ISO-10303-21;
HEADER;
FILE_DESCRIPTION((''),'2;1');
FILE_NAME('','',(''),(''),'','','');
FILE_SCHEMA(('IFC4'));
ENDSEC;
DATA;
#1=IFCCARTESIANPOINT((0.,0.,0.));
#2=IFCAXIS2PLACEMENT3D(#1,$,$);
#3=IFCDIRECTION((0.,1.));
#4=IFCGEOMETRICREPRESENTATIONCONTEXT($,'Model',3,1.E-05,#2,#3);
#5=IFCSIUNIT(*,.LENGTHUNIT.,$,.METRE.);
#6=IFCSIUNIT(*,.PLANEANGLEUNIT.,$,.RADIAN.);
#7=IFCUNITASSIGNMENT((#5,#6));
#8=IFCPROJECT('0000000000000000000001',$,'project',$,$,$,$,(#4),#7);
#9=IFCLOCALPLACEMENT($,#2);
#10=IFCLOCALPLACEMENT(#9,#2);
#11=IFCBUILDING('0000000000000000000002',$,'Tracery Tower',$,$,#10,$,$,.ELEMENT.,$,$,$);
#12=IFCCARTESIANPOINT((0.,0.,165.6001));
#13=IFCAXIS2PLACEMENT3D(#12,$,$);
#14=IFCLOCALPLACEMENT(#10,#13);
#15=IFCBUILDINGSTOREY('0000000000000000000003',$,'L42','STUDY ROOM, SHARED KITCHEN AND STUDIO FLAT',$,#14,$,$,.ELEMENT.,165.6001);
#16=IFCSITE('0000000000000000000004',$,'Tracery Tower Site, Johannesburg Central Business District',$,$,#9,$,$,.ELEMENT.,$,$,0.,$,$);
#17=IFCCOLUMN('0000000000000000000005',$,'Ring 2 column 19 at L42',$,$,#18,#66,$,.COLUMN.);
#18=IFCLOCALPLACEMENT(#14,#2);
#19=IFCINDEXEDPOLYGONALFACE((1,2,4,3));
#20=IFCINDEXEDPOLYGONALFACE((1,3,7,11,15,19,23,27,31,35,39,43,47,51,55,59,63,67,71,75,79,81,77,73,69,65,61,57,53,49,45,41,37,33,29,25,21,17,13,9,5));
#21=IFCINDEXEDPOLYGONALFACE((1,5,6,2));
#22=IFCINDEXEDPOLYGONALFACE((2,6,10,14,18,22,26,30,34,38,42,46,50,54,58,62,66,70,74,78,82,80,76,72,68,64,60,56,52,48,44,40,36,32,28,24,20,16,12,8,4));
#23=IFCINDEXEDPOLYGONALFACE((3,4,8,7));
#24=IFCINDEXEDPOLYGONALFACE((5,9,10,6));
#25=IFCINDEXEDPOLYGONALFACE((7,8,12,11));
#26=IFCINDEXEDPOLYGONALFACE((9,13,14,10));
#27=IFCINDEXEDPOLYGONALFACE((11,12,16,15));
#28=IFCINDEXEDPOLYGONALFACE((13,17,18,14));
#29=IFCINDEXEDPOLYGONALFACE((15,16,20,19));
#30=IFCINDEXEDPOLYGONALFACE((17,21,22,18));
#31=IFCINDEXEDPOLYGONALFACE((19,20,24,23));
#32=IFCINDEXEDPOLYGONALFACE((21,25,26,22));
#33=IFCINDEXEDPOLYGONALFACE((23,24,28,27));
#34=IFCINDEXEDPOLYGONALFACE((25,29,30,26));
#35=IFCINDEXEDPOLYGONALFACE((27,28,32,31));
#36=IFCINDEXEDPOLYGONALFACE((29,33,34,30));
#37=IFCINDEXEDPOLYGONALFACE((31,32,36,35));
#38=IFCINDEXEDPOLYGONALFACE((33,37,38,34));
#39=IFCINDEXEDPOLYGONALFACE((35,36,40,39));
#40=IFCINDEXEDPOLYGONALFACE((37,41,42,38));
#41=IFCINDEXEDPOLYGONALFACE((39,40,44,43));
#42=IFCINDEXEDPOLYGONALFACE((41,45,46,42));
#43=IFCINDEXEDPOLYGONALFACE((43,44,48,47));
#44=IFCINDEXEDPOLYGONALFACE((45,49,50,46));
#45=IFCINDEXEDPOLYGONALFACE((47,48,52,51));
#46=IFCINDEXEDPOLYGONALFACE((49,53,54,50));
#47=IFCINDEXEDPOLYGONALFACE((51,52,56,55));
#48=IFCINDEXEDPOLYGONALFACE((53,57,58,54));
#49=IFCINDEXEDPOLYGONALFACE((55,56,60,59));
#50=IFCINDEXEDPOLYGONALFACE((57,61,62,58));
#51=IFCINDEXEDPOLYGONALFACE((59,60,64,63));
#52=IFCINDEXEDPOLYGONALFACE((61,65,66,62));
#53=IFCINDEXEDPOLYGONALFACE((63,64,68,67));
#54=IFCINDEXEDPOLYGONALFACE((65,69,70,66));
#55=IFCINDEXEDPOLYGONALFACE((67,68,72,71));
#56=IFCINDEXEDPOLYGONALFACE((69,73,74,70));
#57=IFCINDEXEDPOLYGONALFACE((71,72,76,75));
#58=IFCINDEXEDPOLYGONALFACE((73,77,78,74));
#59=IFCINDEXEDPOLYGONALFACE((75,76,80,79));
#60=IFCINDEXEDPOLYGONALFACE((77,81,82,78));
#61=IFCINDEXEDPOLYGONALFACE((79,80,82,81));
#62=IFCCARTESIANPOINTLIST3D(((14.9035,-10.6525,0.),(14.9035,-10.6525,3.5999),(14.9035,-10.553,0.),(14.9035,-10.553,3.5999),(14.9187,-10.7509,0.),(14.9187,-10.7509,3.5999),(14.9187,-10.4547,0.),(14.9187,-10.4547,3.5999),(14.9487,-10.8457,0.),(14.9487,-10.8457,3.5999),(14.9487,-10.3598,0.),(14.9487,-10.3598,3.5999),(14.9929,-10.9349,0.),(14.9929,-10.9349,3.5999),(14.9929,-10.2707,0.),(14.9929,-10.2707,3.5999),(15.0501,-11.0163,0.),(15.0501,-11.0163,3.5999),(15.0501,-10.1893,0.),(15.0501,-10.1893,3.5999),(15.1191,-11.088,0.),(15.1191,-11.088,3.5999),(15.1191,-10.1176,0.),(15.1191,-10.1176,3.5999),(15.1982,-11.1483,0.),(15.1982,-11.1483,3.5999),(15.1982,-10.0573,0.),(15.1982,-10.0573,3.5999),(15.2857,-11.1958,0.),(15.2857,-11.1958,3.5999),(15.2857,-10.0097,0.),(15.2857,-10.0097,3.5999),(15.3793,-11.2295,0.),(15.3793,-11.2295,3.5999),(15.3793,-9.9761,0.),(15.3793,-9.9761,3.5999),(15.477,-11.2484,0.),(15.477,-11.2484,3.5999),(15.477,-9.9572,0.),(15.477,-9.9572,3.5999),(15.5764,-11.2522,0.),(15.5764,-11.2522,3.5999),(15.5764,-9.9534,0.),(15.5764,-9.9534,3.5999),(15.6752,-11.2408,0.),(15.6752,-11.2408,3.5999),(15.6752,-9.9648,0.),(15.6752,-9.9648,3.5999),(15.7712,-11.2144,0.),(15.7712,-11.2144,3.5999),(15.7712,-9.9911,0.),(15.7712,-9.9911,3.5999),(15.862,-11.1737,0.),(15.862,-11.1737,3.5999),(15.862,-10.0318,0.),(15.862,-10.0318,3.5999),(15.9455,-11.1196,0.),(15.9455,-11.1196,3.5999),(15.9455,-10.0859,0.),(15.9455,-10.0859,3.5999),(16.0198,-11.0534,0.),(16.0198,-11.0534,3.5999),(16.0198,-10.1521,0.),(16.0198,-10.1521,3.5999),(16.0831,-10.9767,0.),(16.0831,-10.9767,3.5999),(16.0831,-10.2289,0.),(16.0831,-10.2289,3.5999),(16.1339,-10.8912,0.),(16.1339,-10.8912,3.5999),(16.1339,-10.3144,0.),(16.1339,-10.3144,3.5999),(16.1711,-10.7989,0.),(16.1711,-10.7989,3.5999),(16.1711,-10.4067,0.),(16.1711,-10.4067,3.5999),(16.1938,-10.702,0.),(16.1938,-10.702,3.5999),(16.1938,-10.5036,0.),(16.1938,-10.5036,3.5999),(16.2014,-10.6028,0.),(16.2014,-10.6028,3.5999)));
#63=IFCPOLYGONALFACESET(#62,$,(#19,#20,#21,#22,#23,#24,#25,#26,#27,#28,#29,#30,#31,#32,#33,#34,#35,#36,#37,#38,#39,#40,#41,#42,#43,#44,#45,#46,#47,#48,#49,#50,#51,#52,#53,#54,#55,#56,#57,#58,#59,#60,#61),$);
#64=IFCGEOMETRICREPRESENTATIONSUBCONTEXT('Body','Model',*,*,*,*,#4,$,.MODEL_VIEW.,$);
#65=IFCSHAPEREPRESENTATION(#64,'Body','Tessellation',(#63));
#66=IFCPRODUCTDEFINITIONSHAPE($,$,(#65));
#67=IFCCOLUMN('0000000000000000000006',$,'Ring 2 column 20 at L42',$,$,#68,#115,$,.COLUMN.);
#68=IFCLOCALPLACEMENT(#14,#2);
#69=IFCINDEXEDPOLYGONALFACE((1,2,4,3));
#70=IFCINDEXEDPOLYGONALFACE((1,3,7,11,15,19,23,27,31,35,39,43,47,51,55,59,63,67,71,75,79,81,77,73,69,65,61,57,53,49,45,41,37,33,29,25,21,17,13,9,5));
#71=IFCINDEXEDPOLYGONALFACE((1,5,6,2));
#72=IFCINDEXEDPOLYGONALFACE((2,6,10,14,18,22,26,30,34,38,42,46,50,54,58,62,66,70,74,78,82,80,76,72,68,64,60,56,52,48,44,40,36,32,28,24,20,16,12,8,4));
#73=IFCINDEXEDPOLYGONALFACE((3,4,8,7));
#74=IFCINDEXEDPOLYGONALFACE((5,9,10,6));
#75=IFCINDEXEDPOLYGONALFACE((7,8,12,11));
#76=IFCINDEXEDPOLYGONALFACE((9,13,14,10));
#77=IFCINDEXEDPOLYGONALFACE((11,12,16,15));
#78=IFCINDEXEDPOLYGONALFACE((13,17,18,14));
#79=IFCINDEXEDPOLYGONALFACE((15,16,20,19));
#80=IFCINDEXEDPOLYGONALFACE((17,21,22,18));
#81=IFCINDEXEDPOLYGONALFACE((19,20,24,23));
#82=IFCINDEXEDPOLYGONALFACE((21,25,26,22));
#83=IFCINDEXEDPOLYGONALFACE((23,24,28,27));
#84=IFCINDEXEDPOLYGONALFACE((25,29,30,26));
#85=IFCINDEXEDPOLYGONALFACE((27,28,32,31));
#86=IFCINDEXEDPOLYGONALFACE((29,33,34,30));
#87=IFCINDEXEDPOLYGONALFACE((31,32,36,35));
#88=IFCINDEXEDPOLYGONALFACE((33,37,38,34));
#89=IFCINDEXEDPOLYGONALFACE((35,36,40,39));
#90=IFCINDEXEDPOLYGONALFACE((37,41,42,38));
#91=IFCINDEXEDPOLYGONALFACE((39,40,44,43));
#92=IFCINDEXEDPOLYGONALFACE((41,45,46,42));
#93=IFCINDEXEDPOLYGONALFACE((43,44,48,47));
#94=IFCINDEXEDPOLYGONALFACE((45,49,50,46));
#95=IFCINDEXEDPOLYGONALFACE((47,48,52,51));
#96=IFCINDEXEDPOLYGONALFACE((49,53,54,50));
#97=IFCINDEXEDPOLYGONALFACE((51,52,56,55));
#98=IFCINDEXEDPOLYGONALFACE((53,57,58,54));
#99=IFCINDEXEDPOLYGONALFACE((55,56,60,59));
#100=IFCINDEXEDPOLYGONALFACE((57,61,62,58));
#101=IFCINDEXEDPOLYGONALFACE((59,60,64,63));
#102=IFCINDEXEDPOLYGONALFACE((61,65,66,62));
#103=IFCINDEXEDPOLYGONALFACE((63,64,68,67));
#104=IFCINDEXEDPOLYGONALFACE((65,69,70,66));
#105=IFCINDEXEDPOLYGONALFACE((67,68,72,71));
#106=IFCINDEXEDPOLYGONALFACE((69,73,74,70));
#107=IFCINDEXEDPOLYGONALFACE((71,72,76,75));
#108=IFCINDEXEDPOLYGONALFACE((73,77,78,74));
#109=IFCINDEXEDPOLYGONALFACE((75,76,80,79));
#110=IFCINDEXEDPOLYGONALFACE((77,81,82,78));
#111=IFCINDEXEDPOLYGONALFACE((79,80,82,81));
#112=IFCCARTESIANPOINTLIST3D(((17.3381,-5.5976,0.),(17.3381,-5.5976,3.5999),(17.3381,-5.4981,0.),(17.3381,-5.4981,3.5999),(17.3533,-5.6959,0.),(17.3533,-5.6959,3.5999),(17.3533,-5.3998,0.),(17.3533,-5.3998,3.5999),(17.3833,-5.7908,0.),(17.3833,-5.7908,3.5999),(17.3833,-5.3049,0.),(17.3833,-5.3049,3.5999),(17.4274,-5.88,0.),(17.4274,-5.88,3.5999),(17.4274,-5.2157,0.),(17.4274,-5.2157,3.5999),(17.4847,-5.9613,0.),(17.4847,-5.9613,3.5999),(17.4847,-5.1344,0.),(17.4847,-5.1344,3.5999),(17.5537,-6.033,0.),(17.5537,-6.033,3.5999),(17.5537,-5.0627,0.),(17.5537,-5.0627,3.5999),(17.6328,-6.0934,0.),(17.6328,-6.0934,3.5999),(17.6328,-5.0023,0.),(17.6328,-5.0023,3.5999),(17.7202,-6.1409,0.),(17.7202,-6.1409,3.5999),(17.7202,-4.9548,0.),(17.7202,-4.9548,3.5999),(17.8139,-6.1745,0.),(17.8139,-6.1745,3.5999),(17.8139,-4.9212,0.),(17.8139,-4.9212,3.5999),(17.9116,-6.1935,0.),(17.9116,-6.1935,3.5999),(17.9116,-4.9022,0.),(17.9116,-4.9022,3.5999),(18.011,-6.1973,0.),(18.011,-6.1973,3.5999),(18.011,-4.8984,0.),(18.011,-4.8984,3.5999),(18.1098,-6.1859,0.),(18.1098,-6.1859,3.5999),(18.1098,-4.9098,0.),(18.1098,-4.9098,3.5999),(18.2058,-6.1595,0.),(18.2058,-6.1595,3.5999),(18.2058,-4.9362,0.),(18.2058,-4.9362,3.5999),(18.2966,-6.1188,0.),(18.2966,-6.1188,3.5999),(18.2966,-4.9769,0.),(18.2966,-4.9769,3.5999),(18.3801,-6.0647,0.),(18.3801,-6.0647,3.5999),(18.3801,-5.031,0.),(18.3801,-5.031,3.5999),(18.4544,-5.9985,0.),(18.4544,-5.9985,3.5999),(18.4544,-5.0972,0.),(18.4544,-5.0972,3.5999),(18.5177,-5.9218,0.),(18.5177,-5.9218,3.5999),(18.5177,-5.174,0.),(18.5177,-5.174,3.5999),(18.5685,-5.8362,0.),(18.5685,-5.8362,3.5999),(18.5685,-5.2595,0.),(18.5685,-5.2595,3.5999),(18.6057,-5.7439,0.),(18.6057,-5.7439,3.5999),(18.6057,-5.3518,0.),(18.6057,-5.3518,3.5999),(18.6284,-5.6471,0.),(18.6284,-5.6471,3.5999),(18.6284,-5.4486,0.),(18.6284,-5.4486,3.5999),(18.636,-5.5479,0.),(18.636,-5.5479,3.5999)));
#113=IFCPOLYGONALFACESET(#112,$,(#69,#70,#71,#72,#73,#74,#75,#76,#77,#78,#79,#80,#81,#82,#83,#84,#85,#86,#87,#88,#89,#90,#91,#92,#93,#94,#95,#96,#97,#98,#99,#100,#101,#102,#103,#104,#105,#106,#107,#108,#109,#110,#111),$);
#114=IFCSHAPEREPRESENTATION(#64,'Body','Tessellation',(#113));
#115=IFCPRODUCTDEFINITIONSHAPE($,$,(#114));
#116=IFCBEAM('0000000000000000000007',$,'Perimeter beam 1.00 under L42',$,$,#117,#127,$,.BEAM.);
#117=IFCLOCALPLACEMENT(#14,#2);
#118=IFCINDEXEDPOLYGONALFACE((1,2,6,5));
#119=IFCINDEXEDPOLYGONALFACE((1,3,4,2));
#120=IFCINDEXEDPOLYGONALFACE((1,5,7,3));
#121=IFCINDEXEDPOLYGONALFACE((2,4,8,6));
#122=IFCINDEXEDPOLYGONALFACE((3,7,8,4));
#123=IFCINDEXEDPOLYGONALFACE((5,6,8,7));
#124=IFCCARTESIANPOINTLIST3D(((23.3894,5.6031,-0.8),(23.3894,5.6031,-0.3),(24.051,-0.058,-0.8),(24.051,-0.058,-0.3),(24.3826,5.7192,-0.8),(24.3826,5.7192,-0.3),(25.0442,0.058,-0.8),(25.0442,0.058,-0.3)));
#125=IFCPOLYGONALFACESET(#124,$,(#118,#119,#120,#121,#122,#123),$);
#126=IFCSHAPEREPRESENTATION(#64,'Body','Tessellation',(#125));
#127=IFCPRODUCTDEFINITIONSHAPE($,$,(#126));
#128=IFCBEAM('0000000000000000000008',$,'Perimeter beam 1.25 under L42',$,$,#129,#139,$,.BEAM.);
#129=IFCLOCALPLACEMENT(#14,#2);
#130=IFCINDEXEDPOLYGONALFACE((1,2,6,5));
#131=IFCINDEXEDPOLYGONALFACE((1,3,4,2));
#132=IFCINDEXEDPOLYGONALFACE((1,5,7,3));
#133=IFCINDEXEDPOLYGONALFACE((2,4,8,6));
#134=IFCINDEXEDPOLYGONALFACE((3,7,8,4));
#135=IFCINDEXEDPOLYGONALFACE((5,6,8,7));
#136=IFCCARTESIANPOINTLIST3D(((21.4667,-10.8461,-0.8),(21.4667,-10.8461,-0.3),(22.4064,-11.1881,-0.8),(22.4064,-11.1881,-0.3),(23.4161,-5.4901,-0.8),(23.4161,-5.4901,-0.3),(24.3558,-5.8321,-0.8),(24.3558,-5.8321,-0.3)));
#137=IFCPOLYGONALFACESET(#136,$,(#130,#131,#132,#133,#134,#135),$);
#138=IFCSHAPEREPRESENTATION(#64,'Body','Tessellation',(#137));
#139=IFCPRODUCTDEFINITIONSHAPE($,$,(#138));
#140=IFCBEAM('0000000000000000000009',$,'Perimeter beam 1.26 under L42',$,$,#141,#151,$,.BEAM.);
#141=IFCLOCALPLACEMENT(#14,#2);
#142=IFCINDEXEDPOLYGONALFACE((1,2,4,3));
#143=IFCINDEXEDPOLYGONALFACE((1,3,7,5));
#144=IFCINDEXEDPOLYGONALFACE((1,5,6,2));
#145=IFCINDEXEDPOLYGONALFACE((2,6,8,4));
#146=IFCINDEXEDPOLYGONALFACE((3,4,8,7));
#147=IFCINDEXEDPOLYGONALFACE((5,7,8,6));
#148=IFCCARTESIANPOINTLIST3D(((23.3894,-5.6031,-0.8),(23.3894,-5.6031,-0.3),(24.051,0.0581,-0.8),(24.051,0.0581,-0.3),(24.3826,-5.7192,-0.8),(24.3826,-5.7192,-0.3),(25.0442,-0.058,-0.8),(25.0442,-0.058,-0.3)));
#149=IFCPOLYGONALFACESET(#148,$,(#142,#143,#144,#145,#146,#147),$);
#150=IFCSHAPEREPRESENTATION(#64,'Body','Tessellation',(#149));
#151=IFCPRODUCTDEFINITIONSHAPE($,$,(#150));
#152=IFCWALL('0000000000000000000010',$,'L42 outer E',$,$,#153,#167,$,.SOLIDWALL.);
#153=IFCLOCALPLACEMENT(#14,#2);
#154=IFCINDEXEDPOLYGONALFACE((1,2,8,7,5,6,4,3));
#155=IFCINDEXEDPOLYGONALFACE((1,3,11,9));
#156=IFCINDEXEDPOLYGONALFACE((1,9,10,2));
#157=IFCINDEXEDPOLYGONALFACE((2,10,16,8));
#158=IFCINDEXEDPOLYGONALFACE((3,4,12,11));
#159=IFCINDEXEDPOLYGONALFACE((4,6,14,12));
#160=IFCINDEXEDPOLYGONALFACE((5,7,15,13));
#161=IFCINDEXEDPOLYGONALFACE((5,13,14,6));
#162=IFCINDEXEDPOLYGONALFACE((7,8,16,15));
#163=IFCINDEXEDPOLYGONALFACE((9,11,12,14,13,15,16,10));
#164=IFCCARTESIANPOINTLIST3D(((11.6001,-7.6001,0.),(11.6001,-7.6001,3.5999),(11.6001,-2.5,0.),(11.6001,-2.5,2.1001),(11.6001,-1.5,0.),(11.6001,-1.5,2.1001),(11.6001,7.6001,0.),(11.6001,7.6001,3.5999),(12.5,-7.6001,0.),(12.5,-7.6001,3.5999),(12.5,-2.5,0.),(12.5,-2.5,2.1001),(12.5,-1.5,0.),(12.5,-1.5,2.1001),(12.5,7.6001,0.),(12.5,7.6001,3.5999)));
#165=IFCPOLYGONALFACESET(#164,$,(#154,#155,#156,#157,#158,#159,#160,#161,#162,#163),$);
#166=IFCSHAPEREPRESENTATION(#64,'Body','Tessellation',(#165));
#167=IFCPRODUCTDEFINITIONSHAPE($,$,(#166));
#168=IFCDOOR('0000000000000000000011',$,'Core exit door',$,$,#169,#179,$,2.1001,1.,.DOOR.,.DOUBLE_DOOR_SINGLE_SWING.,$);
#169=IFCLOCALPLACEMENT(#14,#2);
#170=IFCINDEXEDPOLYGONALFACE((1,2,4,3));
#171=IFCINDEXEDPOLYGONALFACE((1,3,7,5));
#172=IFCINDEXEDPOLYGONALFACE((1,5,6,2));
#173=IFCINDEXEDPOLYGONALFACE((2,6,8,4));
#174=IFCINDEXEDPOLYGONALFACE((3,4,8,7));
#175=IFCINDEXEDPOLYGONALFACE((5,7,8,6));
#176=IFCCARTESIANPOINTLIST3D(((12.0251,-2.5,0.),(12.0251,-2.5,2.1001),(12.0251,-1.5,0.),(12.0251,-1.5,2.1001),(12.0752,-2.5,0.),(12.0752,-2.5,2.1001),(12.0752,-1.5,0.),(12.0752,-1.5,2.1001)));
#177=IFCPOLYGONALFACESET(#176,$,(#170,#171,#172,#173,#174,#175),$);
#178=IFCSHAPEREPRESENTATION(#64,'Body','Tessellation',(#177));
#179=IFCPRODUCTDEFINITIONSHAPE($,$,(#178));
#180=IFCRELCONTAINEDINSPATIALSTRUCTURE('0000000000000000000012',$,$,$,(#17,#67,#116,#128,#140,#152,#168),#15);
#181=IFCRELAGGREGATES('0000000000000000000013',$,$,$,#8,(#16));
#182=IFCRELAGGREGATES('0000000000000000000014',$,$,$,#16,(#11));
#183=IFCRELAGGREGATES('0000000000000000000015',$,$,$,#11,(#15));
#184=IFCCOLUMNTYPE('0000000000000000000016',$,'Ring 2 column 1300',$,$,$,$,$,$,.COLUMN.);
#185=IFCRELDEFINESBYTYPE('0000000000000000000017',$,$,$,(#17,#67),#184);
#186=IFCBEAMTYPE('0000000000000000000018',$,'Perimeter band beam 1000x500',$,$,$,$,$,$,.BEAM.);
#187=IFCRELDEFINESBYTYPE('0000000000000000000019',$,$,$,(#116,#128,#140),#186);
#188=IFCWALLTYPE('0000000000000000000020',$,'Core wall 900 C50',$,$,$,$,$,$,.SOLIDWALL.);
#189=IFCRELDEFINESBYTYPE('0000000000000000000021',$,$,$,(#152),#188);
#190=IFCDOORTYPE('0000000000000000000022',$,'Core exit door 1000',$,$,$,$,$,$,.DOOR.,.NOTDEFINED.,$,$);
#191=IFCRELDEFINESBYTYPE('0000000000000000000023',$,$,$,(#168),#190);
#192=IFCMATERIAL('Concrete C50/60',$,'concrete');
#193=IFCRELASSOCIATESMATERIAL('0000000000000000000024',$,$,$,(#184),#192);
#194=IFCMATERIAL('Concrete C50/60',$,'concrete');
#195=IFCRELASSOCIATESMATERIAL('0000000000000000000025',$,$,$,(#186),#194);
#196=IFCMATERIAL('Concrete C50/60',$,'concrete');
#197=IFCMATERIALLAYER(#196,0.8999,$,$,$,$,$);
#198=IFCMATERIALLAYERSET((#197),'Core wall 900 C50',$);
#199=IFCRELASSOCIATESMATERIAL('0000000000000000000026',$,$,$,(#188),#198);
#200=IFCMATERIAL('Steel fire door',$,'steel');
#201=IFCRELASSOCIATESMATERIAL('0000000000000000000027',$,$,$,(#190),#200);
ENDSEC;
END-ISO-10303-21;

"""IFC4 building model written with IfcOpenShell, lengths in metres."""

from ifc_helpers import new_model, si_unit, direction, frame, frame_2d, origin, origin_2d, place, context, subcontext, project, spatial, rectangle, circle, extrude, material, layer, layer_set, material_profile, profile_set, type_object, element, fill, save


model = new_model("IFC4")

# Units and contexts
model_context = context("Model", 3, precision=1e-05, world=origin(), true_north=direction((0.0, 1.0)))
body_context = subcontext(model_context, "Body", "Model", "MODEL_VIEW")
ifc_project = project(units=[si_unit("LENGTHUNIT", "METRE"), si_unit("PLANEANGLEUNIT", "RADIAN")], contexts=[model_context])

# Site, building, storey
site_placement = place(None, origin())
site = spatial("IfcSite", under=ifc_project, at=site_placement, Name="Tracery Tower Site, Johannesburg Central Business District", CompositionType="ELEMENT", RefElevation=0.0)
building_placement = place(site_placement, origin())
building = spatial("IfcBuilding", under=site, at=building_placement, Name="Tracery Tower", CompositionType="ELEMENT")
storey_placement = place(building_placement, frame((0.0, 0.0, 165.6001)))
storey = spatial("IfcBuildingStorey", under=building, at=storey_placement, Name="L42", Description="STUDY ROOM, SHARED KITCHEN AND STUDIO FLAT", CompositionType="ELEMENT", Elevation=165.6001)

# Columns
ifc_material_1 = material(Name="Concrete C50/60", Category="concrete")
ifc_material_profile_1 = material_profile(ifc_material_1, circle(Radius=0.6499, at=origin_2d()), Name="RC D1300")
ifc_profile_set_1 = profile_set([ifc_material_profile_1], Name="Concrete C50/60")
column_type_1 = type_object("IfcColumnType", Name="Ring 2 column 1300", PredefinedType="COLUMN", material=ifc_profile_set_1)
for number, where, z_axis, x_axis, name in (
    (1, (15.5515, -10.6028, 0.0), (0.0, 0.0, 1.0), (1.0, 0.0, 0.0), "Ring 2 column 19 at L42"),
    (2, (17.9861, -5.5479, 0.0), (0.0, 0.0, 1.0), (1.0, 0.0, 0.0), "Ring 2 column 20 at L42"),
):
    element("IfcColumn", number, at=place(storey_placement, frame(where, z_axis=z_axis, x_axis=x_axis)), inside=storey, type_object=column_type_1, Name=name, PredefinedType="COLUMN", context=body_context, shape_type="SweptSolid", body=[
        extrude(circle(Radius=0.6499, at=origin_2d()), origin(), (0.0, 0.0, 1.0), 3.5999),
    ])

# Beams
ifc_material_2 = material(Name="Concrete C50/60", Category="concrete")
ifc_material_profile_2 = material_profile(ifc_material_2, rectangle(XDim=1.0, YDim=0.5, at=origin_2d()), Name="RC 1000x500")
ifc_profile_set_2 = profile_set([ifc_material_profile_2], Name="Concrete C50/60")
beam_type = type_object("IfcBeamType", Name="Perimeter band beam 1000x500", PredefinedType="BEAM", material=ifc_profile_set_2)
for number, where, z_axis, x_axis, name in (
    (3, (24.5476, 0.0, -0.55), (-0.116081, 0.99324, 0.0), (-0.99324, -0.116081, 0.0), "Perimeter beam 1.00 under L42"),
    (4, (21.9365, -11.0171, -0.55), (0.342029, 0.93969, 0.0), (-0.93969, 0.342029, 0.0), "Perimeter beam 1.25 under L42"),
    (5, (23.886, -5.6611, -0.55), (0.116081, 0.99324, 0.0), (-0.99324, 0.116081, 0.0), "Perimeter beam 1.26 under L42"),
):
    element("IfcBeam", number, at=place(storey_placement, frame(where, z_axis=z_axis, x_axis=x_axis)), inside=storey, type_object=beam_type, Name=name, PredefinedType="BEAM", context=body_context, shape_type="SweptSolid", body=[
        extrude(rectangle(XDim=1.0, YDim=0.5, at=origin_2d()), origin(), (0.0, 0.0, 1.0), 5.6997),
    ])

# Wall, opening, door
ifc_material_3 = material(Name="Concrete C50/60", Category="concrete")
ifc_layer_1 = layer(ifc_material_3, 0.8999)
ifc_layer_set_1 = layer_set([ifc_layer_1], Name="Core wall 900 C50")
wall_type_1 = type_object("IfcWallType", Name="Core wall 900 C50", PredefinedType="SOLIDWALL", material=ifc_layer_set_1)
wall_1_placement = place(storey_placement, frame((12.05, -7.6001, 0.0), z_axis=(0.0, 0.0, 1.0), x_axis=(0.0, 1.0, 0.0)))
wall_1 = element("IfcWall", 6, at=wall_1_placement, inside=storey, type_object=wall_type_1, Name="L42 outer E", PredefinedType="SOLIDWALL", context=body_context, shape_type="SweptSolid", body=[
    extrude(rectangle(XDim=15.2002, YDim=0.8999, at=frame_2d((7.6001, 0.0))), origin(), (0.0, 0.0, 1.0), 3.5999),
])
opening_1_placement = place(wall_1_placement, frame((5.1001, 0.0, 0.0)))
opening_1 = element("IfcOpeningElement", 7, at=opening_1_placement, cuts=wall_1, PredefinedType="OPENING", context=body_context, shape_type="SweptSolid", body=[
    extrude(rectangle(XDim=1.0, YDim=2.1001, at=frame_2d((0.5, 1.05))), frame((0.0, 0.45, 0.0), z_axis=(0.0, -1.0, 0.0), x_axis=(1.0, 0.0, 0.0)), (0.0, 0.0, 1.0), 0.8999),
])
ifc_material_4 = material(Name="Steel fire door", Category="steel")
door_type_1 = type_object("IfcDoorType", Name="Core exit door 1000", OperationType="NOTDEFINED", PredefinedType="DOOR", material=ifc_material_4)
door_1_placement = place(opening_1_placement, origin())
door_1 = element("IfcDoor", 8, at=door_1_placement, inside=storey, type_object=door_type_1, Name="Core exit door", OperationType="DOUBLE_DOOR_SINGLE_SWING", OverallHeight=2.1001, OverallWidth=1.0, PredefinedType="DOOR", context=body_context, shape_type="SweptSolid", body=[
    extrude(rectangle(XDim=1.0, YDim=2.1001, at=frame_2d((0.5, 1.05))), frame((0.0, 0.0249, 0.0), z_axis=(0.0, -1.0, 0.0), x_axis=(1.0, 0.0, 0.0)), (0.0, 0.0, 1.0), 0.05),
])
fill(opening_1, door_1)

save(model, "model.ifc")
